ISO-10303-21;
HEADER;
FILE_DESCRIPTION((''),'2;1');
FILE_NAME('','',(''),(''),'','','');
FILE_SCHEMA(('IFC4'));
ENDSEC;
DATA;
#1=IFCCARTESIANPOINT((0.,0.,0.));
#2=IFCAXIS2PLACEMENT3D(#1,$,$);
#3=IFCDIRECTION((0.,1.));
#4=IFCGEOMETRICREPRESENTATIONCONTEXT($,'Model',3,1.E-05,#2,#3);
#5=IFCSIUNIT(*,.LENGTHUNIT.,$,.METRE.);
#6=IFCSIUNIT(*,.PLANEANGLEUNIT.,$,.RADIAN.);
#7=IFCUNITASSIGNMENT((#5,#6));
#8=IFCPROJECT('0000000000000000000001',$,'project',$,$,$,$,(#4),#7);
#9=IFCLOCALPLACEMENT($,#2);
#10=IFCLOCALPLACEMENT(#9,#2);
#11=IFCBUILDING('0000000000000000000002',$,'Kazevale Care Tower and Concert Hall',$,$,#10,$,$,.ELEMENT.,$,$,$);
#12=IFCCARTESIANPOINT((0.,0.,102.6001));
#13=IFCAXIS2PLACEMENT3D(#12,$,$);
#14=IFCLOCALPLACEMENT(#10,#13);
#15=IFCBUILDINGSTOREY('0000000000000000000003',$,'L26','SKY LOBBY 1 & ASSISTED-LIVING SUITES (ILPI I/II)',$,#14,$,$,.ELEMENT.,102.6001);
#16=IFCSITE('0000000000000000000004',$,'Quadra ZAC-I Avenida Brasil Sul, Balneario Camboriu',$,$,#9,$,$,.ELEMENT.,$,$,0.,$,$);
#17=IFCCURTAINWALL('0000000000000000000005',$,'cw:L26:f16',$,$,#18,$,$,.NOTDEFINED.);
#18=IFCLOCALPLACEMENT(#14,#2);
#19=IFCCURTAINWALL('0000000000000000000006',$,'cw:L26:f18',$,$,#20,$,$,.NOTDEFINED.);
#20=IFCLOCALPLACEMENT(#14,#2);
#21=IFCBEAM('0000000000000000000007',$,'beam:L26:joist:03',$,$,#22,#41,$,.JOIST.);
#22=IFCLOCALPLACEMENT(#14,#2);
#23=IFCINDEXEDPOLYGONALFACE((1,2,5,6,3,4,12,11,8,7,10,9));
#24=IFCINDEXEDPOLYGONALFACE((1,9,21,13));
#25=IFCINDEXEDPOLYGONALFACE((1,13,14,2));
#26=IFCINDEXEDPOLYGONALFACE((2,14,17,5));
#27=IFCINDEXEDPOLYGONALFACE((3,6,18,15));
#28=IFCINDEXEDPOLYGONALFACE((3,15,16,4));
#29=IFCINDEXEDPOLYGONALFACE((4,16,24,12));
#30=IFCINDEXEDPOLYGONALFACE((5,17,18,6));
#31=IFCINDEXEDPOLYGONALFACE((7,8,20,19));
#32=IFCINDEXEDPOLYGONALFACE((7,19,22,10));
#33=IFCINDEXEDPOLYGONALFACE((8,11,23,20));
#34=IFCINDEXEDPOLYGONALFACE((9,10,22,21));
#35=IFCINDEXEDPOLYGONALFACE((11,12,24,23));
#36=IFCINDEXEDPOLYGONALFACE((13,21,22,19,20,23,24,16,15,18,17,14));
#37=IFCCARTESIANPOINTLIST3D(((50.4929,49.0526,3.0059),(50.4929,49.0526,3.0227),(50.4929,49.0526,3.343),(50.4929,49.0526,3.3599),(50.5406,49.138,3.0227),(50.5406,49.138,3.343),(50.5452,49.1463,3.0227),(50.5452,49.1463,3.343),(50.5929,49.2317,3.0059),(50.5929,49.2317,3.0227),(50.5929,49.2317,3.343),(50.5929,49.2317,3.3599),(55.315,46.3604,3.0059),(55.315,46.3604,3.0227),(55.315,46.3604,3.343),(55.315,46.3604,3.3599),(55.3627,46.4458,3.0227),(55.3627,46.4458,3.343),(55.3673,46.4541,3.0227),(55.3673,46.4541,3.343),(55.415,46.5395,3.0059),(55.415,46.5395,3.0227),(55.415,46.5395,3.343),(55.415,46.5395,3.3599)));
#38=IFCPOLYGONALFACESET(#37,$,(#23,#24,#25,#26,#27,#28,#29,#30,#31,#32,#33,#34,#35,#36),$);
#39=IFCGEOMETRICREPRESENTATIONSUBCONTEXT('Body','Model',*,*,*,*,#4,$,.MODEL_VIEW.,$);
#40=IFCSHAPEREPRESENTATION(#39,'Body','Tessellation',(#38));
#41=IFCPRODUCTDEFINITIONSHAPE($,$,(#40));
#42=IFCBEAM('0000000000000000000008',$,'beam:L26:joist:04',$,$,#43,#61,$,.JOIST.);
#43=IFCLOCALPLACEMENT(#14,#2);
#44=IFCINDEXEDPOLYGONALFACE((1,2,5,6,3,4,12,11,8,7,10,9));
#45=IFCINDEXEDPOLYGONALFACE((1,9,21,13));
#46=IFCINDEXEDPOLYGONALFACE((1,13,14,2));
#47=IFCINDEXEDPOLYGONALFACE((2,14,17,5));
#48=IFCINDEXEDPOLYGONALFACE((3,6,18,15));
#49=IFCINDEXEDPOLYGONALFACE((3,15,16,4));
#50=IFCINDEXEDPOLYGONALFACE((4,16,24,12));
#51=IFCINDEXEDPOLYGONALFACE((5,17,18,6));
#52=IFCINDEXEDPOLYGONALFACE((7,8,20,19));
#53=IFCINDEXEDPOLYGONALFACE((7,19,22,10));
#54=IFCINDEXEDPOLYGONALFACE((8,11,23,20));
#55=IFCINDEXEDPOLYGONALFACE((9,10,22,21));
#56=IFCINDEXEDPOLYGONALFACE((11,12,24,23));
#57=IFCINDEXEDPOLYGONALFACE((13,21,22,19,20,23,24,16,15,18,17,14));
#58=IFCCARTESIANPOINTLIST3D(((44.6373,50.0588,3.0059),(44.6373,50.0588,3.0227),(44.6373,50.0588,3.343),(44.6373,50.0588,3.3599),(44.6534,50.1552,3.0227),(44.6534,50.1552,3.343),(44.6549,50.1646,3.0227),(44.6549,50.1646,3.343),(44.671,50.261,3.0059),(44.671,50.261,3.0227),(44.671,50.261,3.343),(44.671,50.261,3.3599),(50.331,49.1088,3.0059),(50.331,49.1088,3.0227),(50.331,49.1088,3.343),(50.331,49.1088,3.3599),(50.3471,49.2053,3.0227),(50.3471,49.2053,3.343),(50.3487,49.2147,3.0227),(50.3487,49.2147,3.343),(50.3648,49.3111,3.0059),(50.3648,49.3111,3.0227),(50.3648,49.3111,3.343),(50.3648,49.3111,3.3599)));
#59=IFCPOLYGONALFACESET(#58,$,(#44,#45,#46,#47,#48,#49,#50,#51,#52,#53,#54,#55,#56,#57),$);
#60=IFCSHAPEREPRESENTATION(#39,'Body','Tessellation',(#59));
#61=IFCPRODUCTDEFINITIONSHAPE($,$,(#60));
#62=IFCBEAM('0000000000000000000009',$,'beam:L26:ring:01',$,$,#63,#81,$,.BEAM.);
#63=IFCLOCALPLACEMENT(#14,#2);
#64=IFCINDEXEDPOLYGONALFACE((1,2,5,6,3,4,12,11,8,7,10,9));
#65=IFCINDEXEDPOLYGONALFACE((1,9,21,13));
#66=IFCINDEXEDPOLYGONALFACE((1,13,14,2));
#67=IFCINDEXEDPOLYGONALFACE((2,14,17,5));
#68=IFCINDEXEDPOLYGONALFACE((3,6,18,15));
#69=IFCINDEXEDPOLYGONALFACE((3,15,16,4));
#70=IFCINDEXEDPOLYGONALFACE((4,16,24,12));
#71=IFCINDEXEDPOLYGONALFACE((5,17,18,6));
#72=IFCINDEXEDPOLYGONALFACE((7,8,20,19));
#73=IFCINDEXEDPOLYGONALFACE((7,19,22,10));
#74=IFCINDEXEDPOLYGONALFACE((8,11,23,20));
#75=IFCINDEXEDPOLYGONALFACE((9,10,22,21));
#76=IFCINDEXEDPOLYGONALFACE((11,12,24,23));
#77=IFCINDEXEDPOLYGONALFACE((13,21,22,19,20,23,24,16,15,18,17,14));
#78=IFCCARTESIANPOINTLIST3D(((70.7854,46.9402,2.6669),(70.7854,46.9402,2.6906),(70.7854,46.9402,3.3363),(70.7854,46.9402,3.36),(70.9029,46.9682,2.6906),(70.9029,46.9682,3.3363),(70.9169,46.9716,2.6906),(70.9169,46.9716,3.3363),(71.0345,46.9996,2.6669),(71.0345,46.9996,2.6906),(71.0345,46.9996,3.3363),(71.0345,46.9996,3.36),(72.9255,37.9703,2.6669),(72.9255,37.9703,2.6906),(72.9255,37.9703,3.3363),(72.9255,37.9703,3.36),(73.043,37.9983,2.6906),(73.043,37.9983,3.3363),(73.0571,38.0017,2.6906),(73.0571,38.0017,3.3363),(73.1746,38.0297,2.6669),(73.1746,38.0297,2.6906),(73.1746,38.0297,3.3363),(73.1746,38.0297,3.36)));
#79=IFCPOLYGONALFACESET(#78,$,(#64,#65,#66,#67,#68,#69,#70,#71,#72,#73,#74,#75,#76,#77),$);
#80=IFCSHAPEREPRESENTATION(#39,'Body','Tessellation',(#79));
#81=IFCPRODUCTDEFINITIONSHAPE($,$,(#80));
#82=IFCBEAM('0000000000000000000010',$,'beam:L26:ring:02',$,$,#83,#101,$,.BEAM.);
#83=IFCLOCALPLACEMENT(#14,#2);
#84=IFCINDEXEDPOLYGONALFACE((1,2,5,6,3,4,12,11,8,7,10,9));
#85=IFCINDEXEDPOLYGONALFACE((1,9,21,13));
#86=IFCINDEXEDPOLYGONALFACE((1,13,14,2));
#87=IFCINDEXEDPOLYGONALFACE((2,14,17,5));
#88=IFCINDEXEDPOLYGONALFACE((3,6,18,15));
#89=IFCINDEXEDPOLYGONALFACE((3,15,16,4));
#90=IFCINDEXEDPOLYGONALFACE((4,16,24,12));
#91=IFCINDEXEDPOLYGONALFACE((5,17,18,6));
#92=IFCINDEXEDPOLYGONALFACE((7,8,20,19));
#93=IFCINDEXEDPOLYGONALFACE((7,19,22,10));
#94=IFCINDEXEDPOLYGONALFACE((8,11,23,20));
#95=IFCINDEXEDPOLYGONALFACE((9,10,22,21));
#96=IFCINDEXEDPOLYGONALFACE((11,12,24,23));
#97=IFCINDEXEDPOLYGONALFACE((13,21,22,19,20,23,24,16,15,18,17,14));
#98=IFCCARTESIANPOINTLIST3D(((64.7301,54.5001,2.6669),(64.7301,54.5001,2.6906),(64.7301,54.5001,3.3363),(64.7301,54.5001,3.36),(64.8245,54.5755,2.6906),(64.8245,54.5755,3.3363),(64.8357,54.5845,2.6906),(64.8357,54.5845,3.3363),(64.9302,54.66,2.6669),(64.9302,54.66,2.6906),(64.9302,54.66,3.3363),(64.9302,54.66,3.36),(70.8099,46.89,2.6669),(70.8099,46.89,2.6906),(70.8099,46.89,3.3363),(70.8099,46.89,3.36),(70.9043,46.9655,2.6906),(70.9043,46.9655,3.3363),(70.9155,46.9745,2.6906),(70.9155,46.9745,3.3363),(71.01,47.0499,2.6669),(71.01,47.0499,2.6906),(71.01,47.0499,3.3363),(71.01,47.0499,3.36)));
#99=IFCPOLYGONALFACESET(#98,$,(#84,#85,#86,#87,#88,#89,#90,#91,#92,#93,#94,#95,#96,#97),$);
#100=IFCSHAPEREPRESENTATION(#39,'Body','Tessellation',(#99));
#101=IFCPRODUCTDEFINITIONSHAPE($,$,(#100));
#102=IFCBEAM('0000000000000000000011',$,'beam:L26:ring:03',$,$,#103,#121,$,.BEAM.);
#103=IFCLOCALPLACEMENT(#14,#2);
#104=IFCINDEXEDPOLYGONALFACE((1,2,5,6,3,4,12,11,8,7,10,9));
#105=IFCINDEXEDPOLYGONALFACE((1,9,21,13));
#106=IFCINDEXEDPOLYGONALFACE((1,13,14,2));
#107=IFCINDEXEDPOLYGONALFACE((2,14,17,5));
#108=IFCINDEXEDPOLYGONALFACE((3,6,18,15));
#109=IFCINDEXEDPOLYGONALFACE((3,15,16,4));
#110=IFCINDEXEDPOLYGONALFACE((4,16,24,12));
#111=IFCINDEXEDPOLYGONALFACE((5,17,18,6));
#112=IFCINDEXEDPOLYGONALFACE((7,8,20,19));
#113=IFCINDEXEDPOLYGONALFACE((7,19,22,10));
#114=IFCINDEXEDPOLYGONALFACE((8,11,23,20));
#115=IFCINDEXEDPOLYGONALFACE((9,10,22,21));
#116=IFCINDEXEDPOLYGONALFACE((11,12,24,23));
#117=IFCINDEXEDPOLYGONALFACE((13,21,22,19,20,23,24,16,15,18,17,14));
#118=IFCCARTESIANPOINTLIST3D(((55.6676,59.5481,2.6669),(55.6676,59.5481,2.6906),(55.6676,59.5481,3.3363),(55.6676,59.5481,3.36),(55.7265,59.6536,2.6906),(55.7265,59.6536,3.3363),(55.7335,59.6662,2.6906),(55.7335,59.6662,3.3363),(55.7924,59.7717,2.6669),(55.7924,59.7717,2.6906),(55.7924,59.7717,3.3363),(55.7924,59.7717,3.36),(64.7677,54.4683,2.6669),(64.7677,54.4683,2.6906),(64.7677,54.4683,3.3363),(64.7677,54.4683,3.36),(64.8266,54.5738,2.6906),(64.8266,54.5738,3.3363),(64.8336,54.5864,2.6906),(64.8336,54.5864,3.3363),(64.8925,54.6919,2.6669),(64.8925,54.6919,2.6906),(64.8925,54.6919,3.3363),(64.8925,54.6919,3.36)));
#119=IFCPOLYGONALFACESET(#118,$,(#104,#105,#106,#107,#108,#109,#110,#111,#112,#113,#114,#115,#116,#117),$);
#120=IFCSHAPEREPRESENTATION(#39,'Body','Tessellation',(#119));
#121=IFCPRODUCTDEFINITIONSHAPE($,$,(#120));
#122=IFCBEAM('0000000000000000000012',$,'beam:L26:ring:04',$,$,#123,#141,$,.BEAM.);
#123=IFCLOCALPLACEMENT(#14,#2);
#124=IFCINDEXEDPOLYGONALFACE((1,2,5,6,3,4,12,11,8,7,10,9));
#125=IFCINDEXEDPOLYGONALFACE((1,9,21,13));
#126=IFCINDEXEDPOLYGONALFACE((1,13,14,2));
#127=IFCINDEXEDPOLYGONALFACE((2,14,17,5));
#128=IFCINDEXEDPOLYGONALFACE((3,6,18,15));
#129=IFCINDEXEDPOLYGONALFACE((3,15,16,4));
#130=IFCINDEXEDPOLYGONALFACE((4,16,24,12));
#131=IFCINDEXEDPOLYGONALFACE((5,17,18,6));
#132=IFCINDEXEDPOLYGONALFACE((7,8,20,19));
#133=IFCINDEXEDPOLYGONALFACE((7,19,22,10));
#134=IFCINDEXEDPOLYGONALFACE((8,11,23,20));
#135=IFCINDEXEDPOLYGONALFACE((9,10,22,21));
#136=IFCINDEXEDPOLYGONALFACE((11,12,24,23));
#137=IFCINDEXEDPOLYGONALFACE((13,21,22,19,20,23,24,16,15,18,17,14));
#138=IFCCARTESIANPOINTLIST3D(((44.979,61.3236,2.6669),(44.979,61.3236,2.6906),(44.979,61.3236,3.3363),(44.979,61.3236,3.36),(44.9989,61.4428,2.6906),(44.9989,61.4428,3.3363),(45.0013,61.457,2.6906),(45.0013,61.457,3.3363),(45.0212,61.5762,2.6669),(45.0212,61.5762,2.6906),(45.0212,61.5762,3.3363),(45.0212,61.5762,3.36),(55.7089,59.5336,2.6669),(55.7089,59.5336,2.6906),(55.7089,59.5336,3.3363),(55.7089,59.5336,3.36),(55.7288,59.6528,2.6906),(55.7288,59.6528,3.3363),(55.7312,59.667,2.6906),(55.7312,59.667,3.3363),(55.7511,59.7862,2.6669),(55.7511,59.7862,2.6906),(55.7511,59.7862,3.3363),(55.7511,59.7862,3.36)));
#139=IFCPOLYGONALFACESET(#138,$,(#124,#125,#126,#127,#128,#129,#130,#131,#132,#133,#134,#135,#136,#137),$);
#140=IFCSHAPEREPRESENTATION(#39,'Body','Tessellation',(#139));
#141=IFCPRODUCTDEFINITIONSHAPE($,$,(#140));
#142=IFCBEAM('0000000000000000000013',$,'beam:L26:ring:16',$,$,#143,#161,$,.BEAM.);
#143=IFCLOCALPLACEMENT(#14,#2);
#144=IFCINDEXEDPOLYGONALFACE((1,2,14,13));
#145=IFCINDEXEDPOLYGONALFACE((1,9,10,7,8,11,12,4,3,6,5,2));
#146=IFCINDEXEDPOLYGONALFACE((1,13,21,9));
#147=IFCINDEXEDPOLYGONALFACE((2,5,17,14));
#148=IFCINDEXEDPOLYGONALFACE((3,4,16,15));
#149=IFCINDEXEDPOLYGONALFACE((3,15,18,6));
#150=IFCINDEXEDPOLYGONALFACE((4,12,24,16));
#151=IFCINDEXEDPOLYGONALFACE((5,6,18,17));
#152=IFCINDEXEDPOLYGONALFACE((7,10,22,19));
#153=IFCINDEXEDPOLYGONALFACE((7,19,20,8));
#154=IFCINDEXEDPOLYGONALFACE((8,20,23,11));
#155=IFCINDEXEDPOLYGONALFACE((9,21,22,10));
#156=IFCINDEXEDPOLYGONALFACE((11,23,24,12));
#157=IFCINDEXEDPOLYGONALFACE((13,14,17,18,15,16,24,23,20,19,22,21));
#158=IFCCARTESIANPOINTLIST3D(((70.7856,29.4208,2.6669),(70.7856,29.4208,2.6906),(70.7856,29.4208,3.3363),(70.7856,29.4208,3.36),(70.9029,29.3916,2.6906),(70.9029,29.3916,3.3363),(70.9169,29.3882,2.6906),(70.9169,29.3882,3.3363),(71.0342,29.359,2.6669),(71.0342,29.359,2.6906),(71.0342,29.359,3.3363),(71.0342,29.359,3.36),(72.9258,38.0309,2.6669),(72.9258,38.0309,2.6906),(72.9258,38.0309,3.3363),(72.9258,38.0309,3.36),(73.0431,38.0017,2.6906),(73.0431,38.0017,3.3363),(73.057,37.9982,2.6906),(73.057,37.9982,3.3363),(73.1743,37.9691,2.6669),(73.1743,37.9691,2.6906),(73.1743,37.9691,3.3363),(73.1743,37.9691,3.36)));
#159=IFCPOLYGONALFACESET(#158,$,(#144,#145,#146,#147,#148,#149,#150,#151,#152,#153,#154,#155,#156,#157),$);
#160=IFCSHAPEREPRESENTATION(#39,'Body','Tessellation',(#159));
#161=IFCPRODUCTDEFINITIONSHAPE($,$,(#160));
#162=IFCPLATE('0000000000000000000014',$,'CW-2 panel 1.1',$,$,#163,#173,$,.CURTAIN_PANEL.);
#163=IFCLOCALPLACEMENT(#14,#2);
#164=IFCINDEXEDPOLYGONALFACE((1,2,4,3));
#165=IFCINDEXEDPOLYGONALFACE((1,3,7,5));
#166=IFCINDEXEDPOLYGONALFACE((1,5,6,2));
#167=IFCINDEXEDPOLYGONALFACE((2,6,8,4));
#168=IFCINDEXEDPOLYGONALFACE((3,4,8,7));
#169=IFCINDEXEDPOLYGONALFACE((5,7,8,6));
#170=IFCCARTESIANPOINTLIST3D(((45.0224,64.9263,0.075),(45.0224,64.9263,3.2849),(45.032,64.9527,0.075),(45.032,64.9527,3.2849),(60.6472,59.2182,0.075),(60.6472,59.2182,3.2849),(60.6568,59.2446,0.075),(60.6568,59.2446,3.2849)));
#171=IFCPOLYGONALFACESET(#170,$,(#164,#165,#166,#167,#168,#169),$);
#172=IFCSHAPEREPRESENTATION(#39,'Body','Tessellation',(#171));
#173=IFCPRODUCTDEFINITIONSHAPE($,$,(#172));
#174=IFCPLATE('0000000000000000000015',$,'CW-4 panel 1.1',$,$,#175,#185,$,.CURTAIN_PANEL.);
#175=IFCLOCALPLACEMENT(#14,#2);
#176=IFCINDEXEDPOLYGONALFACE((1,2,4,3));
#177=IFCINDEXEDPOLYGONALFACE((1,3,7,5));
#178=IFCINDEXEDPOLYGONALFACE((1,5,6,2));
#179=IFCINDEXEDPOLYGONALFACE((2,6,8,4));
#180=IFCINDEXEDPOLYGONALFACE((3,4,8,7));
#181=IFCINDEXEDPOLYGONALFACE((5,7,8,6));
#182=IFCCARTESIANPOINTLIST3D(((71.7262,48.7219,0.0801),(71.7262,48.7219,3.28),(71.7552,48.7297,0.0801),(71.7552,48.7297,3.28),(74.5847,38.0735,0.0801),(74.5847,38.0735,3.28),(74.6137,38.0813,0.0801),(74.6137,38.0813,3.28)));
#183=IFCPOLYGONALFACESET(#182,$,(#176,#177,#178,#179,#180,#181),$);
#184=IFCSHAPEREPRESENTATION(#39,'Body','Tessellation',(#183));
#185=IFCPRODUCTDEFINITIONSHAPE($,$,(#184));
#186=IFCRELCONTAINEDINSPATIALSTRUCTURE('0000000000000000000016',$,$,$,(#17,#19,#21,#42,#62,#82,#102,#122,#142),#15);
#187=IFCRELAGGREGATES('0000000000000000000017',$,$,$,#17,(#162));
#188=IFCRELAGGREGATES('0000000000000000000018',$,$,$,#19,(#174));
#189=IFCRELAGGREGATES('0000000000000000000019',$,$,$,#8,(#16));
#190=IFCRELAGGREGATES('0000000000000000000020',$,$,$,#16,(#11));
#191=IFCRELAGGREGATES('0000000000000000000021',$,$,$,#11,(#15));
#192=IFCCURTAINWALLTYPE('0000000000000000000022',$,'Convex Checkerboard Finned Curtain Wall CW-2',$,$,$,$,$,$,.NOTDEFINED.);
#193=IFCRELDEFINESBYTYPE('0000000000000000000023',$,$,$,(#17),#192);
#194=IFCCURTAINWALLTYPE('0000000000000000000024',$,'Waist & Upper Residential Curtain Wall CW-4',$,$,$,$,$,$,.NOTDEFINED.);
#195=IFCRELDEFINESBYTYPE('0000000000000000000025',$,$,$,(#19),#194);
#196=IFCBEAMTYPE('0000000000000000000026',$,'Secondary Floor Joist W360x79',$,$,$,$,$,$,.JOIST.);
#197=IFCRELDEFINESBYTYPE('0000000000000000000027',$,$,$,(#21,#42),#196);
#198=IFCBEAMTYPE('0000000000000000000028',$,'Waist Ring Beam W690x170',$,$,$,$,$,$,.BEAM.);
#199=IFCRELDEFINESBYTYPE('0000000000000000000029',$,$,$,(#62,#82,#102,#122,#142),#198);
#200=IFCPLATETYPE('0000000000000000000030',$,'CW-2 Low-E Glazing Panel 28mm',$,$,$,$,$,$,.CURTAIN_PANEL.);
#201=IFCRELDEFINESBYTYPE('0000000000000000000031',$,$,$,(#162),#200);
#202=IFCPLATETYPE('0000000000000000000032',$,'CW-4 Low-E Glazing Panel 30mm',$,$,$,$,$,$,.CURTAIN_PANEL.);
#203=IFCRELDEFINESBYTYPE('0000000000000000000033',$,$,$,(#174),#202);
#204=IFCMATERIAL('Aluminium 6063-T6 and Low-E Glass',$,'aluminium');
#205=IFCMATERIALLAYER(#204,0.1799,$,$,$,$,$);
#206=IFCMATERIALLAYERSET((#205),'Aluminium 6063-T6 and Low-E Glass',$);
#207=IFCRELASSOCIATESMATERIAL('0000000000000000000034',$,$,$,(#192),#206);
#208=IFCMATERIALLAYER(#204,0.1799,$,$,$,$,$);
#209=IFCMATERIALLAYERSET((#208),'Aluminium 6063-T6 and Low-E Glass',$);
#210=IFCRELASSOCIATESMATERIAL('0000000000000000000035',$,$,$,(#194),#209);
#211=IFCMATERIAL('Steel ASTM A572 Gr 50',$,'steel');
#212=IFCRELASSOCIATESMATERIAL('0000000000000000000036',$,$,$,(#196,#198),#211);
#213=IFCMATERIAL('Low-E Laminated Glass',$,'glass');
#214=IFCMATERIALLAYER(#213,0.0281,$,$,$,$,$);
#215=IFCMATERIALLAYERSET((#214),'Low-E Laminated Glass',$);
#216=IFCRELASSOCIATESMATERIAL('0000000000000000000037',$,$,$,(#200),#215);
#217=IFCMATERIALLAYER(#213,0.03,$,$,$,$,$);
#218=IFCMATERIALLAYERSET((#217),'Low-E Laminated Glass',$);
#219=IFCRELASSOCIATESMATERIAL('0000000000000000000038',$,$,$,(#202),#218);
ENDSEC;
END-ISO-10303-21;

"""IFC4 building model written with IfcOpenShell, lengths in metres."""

from ifc_helpers import new_model, si_unit, direction, frame, origin, origin_2d, place, context, subcontext, project, spatial, rectangle, i_section, extrude, material, layer, layer_set, material_profile, profile_set, type_object, element, aggregate, save


model = new_model("IFC4")

# Units and contexts
model_context = context("Model", 3, precision=1e-05, world=origin(), true_north=direction((0.0, 1.0)))
body_context = subcontext(model_context, "Body", "Model", "MODEL_VIEW")
ifc_project = project(units=[si_unit("LENGTHUNIT", "METRE"), si_unit("PLANEANGLEUNIT", "RADIAN")], contexts=[model_context])

# Site, building, storey
site_placement = place(None, origin())
site = spatial("IfcSite", under=ifc_project, at=site_placement, Name="Quadra ZAC-I Avenida Brasil Sul, Balneario Camboriu", CompositionType="ELEMENT", RefElevation=0.0)
building_placement = place(site_placement, origin())
building = spatial("IfcBuilding", under=site, at=building_placement, Name="Kazevale Care Tower and Concert Hall", CompositionType="ELEMENT")
storey_placement = place(building_placement, frame((0.0, 0.0, 102.6001)))
storey = spatial("IfcBuildingStorey", under=building, at=storey_placement, Name="L26", Description="SKY LOBBY 1 & ASSISTED-LIVING SUITES (ILPI I/II)", CompositionType="ELEMENT", Elevation=102.6001)

# Curtain wall
ifc_material_1 = material(Name="Aluminium 6063-T6 and Low-E Glass", Category="aluminium")
ifc_layer_1 = layer(ifc_material_1, 0.1799)
ifc_layer_set_1 = layer_set([ifc_layer_1], Name="Aluminium 6063-T6 and Low-E Glass")
curtain_wall_type_1 = type_object("IfcCurtainWallType", Name="Convex Checkerboard Finned Curtain Wall CW-2", PredefinedType="NOTDEFINED", material=ifc_layer_set_1)
curtain_wall_1_placement = place(storey_placement, origin())
curtain_wall_1 = element("IfcCurtainWall", 1, at=curtain_wall_1_placement, inside=storey, type_object=curtain_wall_type_1, Name="cw:L26:f16", PredefinedType="NOTDEFINED")

# Curtain wall
ifc_layer_2 = layer(ifc_material_1, 0.1799)
ifc_layer_set_2 = layer_set([ifc_layer_2], Name="Aluminium 6063-T6 and Low-E Glass")
curtain_wall_type_2 = type_object("IfcCurtainWallType", Name="Waist & Upper Residential Curtain Wall CW-4", PredefinedType="NOTDEFINED", material=ifc_layer_set_2)
curtain_wall_2_placement = place(storey_placement, origin())
curtain_wall_2 = element("IfcCurtainWall", 2, at=curtain_wall_2_placement, inside=storey, type_object=curtain_wall_type_2, Name="cw:L26:f18", PredefinedType="NOTDEFINED")

# Beams
ifc_material_2 = material(Name="Steel ASTM A572 Gr 50", Category="steel")
ifc_material_profile_1 = material_profile(ifc_material_2, i_section(OverallWidth=0.2051, OverallDepth=0.354, WebThickness=0.0095, FlangeThickness=0.0168, at=origin_2d()), Name="W360x79")
ifc_profile_set_1 = profile_set([ifc_material_profile_1], Name="Steel ASTM A572 Gr 50")
beam_type_1 = type_object("IfcBeamType", Name="Secondary Floor Joist W360x79", PredefinedType="JOIST", material=ifc_profile_set_1)
beam_1_placement = place(storey_placement, frame((55.365, 46.45, 3.1829), z_axis=(-0.873138, 0.487474, 0.0), x_axis=(-0.487474, -0.873138, 0.0)))
element("IfcBeam", 3, at=beam_1_placement, inside=storey, type_object=beam_type_1, Name="beam:L26:joist:03", PredefinedType="JOIST", context=body_context, shape_type="SweptSolid", body=[
    extrude(i_section(OverallWidth=0.2051, OverallDepth=0.354, WebThickness=0.0095, FlangeThickness=0.0168, at=origin_2d()), origin(), (0.0, 0.0, 1.0), 5.5227),
])
beam_2_placement = place(storey_placement, frame((50.3479, 49.21, 3.1829), z_axis=(-0.986366, 0.164564, 0.0), x_axis=(-0.164564, -0.986366, 0.0)))
element("IfcBeam", 4, at=beam_2_placement, inside=storey, type_object=beam_type_1, Name="beam:L26:joist:04", PredefinedType="JOIST", context=body_context, shape_type="SweptSolid", body=[
    extrude(i_section(OverallWidth=0.2051, OverallDepth=0.354, WebThickness=0.0095, FlangeThickness=0.0168, at=origin_2d()), origin(), (0.0, 0.0, 1.0), 5.7725),
])
ifc_material_profile_2 = material_profile(ifc_material_2, i_section(OverallWidth=0.2561, OverallDepth=0.6931, WebThickness=0.0144, FlangeThickness=0.0237, at=origin_2d()), Name="W690x170")
ifc_profile_set_2 = profile_set([ifc_material_profile_2], Name="Steel ASTM A572 Gr 50")
beam_type_2 = type_object("IfcBeamType", Name="Waist Ring Beam W690x170", PredefinedType="BEAM", material=ifc_profile_set_2)
beam_3_placement = place(storey_placement, frame((73.05, 38.0, 3.0134), z_axis=(-0.232075, 0.972698, 0.0), x_axis=(-0.972698, -0.232075, 0.0)))
element("IfcBeam", 5, at=beam_3_placement, inside=storey, type_object=beam_type_2, Name="beam:L26:ring:01", PredefinedType="BEAM", context=body_context, shape_type="SweptSolid", body=[
    extrude(i_section(OverallWidth=0.2561, OverallDepth=0.6931, WebThickness=0.0144, FlangeThickness=0.0237, at=origin_2d()), origin(), (0.0, 0.0, 1.0), 9.2217),
])
beam_4_placement = place(storey_placement, frame((70.9099, 46.97, 3.0134), z_axis=(-0.624178, 0.781282, 0.0), x_axis=(-0.781282, -0.624178, 0.0)))
element("IfcBeam", 6, at=beam_4_placement, inside=storey, type_object=beam_type_2, Name="beam:L26:ring:02", PredefinedType="BEAM", context=body_context, shape_type="SweptSolid", body=[
    extrude(i_section(OverallWidth=0.2561, OverallDepth=0.6931, WebThickness=0.0144, FlangeThickness=0.0237, at=origin_2d()), origin(), (0.0, 0.0, 1.0), 9.7405),
])
beam_5_placement = place(storey_placement, frame((64.8301, 54.5801, 3.0134), z_axis=(-0.873169, 0.487418, 0.0), x_axis=(-0.487418, -0.873169, 0.0)))
element("IfcBeam", 7, at=beam_5_placement, inside=storey, type_object=beam_type_2, Name="beam:L26:ring:03", PredefinedType="BEAM", context=body_context, shape_type="SweptSolid", body=[
    extrude(i_section(OverallWidth=0.2561, OverallDepth=0.6931, WebThickness=0.0144, FlangeThickness=0.0237, at=origin_2d()), origin(), (0.0, 0.0, 1.0), 10.4219),
])
beam_6_placement = place(storey_placement, frame((55.73, 59.6599, 3.0134), z_axis=(-0.986368, 0.164552, 0.0), x_axis=(-0.164552, -0.986368, 0.0)))
element("IfcBeam", 8, at=beam_6_placement, inside=storey, type_object=beam_type_2, Name="beam:L26:ring:04", PredefinedType="BEAM", context=body_context, shape_type="SweptSolid", body=[
    extrude(i_section(OverallWidth=0.2561, OverallDepth=0.6931, WebThickness=0.0144, FlangeThickness=0.0237, at=origin_2d()), origin(), (0.0, 0.0, 1.0), 10.8782),
])
beam_7_placement = place(storey_placement, frame((70.9099, 29.3899, 3.0134), z_axis=(0.241221, 0.97047, 0.0), x_axis=(-0.97047, 0.241221, 0.0)))
element("IfcBeam", 9, at=beam_7_placement, inside=storey, type_object=beam_type_2, Name="beam:L26:ring:16", PredefinedType="BEAM", context=body_context, shape_type="SweptSolid", body=[
    extrude(i_section(OverallWidth=0.2561, OverallDepth=0.6931, WebThickness=0.0144, FlangeThickness=0.0237, at=origin_2d()), origin(), (0.0, 0.0, 1.0), 8.8721),
])

# Plates
ifc_material_3 = material(Name="Low-E Laminated Glass", Category="glass")
ifc_layer_3 = layer(ifc_material_3, 0.0281)
ifc_layer_set_3 = layer_set([ifc_layer_3], Name="Low-E Laminated Glass")
plate_type_1 = type_object("IfcPlateType", Name="CW-2 Low-E Glazing Panel 28mm", PredefinedType="CURTAIN_PANEL", material=ifc_layer_set_3)
plate_1_placement = place(storey_placement, frame((52.8396, 62.0854, 0.075), z_axis=(0.0, 0.0, 1.0), x_axis=(0.939283, -0.343143, 0.0)))
plate_1 = element("IfcPlate", 10, at=plate_1_placement, type_object=plate_type_1, Name="CW-2 panel 1.1", PredefinedType="CURTAIN_PANEL", context=body_context, shape_type="SweptSolid", body=[
    extrude(rectangle(XDim=16.6348, YDim=0.0281, at=origin_2d()), origin(), (0.0, 0.0, 1.0), 3.21),
])
aggregate(curtain_wall_1, [plate_1])
ifc_layer_4 = layer(ifc_material_3, 0.03)
ifc_layer_set_4 = layer_set([ifc_layer_4], Name="Low-E Laminated Glass")
plate_type_2 = type_object("IfcPlateType", Name="CW-4 Low-E Glazing Panel 30mm", PredefinedType="CURTAIN_PANEL", material=ifc_layer_set_4)
plate_2_placement = place(storey_placement, frame((73.1699, 43.4016, 0.0801), z_axis=(0.0, 0.0, 1.0), x_axis=(0.259265, -0.965806, 0.0)))
plate_2 = element("IfcPlate", 11, at=plate_2_placement, type_object=plate_type_2, Name="CW-4 panel 1.1", PredefinedType="CURTAIN_PANEL", context=body_context, shape_type="SweptSolid", body=[
    extrude(rectangle(XDim=11.0254, YDim=0.03, at=origin_2d()), origin(), (0.0, 0.0, 1.0), 3.2),
])
aggregate(curtain_wall_2, [plate_2])

save(model, "model.ifc")
